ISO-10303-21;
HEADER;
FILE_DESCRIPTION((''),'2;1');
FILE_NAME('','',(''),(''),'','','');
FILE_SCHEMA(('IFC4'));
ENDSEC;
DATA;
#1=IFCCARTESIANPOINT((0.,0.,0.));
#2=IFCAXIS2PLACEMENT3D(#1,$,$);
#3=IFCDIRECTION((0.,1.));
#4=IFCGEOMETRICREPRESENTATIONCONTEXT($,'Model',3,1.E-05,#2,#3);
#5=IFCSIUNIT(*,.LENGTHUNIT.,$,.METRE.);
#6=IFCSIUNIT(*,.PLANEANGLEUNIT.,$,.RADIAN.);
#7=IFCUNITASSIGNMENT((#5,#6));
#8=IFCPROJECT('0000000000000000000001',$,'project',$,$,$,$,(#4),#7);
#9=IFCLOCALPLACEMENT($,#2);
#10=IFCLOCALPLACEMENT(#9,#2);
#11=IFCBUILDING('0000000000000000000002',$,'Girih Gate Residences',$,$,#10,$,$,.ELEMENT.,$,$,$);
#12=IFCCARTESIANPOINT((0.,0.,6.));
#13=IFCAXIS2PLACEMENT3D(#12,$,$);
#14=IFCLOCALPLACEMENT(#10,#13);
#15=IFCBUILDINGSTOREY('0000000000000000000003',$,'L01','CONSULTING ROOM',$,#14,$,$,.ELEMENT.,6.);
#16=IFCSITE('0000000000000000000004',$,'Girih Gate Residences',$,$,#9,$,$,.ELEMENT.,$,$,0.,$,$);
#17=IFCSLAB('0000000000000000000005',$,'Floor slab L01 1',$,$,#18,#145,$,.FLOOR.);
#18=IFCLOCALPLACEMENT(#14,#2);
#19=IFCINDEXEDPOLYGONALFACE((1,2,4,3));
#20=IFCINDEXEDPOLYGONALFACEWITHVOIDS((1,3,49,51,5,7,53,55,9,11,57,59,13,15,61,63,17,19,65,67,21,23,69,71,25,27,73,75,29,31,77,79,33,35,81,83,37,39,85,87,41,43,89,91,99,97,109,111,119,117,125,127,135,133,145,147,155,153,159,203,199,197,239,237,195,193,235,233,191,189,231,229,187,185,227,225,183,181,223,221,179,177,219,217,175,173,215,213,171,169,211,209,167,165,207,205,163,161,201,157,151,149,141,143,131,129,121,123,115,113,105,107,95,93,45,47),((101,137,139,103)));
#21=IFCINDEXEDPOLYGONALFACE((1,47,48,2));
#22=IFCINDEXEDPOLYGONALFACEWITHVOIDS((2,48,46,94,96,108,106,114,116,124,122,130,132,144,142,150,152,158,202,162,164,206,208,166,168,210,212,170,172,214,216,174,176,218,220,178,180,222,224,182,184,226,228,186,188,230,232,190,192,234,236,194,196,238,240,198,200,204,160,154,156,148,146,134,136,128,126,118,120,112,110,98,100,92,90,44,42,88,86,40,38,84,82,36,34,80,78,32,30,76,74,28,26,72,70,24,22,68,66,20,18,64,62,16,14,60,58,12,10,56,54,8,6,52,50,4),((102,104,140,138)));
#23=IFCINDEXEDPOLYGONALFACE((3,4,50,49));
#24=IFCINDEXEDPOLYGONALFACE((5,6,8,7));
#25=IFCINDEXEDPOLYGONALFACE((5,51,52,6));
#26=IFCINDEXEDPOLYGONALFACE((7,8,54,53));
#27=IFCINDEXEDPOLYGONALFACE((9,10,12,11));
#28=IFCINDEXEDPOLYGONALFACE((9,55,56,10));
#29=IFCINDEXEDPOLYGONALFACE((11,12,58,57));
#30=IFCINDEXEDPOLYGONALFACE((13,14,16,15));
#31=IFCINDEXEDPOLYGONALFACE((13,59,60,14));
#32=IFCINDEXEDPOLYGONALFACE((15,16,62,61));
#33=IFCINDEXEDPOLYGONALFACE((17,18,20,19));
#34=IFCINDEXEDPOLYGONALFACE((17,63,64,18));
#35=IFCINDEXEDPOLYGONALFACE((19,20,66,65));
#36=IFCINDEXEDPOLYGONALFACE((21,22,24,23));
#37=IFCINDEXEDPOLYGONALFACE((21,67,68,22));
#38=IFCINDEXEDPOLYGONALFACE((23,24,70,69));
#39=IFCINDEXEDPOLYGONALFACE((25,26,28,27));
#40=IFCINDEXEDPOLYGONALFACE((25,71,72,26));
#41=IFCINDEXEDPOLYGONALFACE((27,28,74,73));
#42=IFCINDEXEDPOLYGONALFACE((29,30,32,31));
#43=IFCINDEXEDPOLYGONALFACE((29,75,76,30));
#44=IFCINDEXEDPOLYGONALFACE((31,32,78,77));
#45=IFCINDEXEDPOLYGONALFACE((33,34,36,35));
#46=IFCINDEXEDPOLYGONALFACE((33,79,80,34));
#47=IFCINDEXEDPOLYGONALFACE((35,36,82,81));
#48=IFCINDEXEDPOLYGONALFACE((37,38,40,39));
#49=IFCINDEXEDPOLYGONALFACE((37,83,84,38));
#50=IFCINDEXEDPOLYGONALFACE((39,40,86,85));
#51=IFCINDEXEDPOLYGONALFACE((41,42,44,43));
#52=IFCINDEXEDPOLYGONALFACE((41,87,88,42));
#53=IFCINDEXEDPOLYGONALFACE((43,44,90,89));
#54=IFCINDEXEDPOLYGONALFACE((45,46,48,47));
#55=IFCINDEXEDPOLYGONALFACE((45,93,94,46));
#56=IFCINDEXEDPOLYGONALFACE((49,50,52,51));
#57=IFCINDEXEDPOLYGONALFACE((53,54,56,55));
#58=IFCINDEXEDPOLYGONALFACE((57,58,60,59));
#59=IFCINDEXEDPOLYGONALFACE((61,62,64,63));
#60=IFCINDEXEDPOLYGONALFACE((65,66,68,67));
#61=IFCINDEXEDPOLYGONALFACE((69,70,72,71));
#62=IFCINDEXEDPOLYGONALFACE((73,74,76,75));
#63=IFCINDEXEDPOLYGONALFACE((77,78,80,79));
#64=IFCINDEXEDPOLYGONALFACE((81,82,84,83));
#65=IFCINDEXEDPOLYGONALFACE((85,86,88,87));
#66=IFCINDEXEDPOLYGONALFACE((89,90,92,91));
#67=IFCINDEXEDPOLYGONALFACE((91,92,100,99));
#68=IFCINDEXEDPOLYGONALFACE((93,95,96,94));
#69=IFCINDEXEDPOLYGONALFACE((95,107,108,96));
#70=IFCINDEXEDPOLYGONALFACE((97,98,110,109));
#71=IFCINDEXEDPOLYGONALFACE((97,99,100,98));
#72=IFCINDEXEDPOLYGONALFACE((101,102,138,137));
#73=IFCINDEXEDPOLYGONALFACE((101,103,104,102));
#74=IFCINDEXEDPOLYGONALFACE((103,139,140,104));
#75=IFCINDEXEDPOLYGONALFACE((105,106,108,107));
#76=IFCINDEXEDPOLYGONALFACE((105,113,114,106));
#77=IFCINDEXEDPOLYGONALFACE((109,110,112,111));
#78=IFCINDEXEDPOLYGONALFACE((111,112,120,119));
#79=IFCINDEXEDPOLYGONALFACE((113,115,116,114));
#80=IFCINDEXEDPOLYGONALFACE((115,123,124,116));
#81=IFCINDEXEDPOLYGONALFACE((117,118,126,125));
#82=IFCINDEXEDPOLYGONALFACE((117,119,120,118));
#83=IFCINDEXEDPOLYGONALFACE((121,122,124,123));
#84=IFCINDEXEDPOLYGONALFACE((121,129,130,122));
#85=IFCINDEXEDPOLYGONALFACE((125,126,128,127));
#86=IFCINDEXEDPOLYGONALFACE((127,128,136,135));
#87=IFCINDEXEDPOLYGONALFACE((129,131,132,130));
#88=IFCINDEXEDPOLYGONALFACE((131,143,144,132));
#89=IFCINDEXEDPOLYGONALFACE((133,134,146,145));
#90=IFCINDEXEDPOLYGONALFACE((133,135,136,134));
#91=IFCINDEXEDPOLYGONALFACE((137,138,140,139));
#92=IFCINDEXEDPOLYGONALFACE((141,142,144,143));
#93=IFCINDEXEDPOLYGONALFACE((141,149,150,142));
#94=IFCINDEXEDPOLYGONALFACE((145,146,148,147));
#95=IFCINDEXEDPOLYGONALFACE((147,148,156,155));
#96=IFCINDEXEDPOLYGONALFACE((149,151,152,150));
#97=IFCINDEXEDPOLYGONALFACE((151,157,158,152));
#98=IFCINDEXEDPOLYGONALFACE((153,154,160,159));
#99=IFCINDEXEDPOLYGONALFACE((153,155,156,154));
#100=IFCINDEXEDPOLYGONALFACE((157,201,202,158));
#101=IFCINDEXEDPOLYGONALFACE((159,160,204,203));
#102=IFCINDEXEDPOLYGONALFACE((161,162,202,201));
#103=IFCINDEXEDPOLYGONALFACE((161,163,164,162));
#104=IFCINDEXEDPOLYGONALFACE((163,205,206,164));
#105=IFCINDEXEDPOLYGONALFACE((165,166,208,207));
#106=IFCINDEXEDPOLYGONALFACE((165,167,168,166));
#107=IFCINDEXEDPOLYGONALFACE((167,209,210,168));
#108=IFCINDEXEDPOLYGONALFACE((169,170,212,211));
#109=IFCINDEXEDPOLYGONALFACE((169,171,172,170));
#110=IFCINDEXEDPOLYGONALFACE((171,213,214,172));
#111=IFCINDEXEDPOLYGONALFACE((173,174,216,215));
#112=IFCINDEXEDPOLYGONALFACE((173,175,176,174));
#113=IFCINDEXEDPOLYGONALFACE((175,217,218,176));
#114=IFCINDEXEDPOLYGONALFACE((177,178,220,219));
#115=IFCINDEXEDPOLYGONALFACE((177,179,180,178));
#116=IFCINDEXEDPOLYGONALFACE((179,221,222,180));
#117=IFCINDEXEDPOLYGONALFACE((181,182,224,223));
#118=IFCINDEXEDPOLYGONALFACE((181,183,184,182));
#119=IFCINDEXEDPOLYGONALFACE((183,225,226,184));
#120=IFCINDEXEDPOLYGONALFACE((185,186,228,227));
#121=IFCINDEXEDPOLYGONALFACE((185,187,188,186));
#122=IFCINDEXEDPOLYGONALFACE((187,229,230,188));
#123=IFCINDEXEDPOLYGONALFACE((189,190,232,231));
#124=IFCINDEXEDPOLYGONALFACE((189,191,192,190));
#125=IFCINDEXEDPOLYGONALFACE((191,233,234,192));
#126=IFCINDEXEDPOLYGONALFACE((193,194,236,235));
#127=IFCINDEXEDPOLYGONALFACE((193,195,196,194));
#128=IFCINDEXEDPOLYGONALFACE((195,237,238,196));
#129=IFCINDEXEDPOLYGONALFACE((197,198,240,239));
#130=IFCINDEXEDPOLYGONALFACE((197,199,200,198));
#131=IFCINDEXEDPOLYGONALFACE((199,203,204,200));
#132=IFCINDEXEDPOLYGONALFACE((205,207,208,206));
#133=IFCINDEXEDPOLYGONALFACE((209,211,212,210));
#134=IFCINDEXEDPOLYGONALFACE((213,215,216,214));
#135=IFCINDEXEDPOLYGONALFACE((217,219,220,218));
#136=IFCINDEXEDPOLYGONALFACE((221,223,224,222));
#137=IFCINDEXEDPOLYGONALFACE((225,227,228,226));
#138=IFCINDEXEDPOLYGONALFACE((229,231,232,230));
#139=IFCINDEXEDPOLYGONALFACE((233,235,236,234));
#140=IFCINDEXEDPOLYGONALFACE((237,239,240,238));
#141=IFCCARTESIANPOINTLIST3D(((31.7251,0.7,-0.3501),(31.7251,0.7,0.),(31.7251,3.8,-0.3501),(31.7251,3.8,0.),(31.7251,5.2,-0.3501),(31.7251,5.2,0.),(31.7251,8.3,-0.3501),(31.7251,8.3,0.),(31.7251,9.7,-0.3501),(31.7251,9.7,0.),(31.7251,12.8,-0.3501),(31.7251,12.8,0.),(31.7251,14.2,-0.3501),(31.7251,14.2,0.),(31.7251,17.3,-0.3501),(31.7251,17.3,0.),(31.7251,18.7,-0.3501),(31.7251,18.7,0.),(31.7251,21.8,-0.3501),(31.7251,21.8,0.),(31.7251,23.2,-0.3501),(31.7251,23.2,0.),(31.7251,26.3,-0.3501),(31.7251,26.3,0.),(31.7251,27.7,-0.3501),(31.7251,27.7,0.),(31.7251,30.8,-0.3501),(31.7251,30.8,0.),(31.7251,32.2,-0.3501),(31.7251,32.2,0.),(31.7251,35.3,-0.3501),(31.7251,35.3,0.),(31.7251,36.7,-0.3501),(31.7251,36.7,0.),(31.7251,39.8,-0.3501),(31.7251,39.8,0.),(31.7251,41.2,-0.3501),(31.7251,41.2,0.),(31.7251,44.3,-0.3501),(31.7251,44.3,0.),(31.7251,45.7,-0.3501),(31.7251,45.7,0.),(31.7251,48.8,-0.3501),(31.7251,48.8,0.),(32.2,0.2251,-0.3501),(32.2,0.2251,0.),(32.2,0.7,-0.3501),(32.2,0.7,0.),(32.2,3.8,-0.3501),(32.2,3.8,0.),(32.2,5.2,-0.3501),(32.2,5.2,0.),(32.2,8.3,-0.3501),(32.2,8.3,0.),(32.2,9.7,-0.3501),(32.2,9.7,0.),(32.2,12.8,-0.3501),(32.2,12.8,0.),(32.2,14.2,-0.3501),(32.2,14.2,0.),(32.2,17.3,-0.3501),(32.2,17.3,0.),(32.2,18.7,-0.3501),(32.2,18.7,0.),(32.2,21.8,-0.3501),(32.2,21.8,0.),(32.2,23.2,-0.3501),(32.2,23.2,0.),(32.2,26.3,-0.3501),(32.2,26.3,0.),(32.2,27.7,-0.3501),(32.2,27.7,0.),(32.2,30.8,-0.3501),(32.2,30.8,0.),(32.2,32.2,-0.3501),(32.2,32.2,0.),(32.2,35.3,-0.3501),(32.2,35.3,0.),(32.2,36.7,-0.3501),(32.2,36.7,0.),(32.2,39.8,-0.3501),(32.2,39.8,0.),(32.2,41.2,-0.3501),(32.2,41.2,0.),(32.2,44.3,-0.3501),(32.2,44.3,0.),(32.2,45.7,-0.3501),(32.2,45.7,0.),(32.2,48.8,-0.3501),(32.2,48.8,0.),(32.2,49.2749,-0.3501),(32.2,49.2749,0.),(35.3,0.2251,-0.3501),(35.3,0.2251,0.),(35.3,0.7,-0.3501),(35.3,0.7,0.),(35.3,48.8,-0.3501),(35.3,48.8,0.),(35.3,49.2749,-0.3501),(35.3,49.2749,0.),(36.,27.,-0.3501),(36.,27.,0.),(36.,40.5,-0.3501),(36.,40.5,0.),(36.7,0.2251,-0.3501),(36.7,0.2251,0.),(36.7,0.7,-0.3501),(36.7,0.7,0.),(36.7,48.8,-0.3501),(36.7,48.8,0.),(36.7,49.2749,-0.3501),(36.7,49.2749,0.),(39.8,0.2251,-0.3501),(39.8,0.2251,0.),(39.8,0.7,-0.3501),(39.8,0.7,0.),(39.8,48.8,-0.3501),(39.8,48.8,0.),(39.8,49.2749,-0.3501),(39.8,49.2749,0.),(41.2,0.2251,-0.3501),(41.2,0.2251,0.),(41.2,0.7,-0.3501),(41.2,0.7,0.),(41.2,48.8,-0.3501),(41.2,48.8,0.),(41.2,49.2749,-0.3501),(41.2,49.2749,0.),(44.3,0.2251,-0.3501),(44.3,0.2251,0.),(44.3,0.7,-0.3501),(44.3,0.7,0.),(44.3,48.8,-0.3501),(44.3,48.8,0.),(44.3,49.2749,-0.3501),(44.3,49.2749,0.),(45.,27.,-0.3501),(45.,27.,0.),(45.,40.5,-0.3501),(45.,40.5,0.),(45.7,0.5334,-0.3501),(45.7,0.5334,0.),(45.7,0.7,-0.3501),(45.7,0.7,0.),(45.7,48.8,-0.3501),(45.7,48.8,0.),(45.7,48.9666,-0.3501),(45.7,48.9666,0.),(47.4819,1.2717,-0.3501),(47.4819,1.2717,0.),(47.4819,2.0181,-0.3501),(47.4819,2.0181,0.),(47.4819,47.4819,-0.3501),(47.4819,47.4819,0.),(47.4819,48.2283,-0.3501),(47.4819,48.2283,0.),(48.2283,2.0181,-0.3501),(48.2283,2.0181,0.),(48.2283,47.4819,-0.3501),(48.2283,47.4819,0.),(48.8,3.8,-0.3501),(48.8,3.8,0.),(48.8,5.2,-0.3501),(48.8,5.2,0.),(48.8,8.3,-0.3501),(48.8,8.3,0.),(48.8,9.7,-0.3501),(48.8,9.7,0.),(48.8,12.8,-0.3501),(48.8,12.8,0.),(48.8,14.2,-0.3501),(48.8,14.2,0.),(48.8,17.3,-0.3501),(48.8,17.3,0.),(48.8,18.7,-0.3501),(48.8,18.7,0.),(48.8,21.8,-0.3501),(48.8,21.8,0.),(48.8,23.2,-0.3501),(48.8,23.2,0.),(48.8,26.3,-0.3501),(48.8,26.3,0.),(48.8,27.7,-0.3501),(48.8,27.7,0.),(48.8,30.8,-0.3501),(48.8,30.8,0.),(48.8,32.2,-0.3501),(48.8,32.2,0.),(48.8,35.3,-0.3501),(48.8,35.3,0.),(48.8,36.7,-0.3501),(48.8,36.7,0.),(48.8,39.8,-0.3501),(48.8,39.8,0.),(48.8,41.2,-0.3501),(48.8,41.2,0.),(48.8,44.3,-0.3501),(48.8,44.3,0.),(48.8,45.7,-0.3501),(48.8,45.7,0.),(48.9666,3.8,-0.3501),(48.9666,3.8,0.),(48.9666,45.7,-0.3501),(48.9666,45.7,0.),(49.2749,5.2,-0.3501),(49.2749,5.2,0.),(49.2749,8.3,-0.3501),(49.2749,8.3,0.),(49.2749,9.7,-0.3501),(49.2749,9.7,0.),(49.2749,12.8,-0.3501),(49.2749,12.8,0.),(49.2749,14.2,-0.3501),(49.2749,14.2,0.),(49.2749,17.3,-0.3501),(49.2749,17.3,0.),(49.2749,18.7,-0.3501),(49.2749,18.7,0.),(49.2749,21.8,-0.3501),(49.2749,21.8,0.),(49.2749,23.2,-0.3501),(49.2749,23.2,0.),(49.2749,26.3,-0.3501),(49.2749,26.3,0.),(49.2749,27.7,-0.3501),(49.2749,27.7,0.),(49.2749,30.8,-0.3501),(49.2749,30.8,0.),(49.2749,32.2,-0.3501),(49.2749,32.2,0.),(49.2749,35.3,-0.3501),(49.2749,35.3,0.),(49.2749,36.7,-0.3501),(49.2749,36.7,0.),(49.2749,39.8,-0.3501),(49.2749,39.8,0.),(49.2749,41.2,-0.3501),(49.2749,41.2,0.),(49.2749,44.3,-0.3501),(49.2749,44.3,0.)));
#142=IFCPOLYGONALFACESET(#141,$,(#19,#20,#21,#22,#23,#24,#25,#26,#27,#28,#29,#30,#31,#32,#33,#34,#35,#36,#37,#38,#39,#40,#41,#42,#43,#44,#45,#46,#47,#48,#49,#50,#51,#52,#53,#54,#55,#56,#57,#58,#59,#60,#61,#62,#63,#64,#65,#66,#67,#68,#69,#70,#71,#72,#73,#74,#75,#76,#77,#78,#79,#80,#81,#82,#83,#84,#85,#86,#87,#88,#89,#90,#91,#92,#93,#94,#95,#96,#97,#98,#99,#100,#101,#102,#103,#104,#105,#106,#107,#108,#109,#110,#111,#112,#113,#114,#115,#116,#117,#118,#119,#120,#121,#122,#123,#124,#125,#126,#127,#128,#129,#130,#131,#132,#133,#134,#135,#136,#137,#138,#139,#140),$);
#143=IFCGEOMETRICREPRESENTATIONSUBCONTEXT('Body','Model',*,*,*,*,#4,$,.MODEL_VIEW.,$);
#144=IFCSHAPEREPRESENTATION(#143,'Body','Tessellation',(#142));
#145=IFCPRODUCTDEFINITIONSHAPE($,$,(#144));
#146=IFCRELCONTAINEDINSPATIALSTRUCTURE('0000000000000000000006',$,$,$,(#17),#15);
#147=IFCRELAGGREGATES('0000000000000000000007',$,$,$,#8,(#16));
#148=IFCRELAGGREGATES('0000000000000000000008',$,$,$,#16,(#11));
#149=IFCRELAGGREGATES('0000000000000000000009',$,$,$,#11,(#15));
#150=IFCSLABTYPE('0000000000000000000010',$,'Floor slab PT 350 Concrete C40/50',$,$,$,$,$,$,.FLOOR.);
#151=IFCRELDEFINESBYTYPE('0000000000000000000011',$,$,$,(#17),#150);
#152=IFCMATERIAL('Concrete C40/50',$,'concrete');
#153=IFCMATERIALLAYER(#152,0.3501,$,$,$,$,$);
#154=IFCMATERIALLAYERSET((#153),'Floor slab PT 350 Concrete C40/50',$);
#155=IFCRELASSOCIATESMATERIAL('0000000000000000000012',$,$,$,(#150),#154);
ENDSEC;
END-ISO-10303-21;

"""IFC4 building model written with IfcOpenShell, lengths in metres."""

from ifc_helpers import new_model, si_unit, direction, frame, origin, place, context, subcontext, project, spatial, polyline, outline, extrude, material, layer, layer_set, type_object, element, save


model = new_model("IFC4")

# Units and contexts
model_context = context("Model", 3, precision=1e-05, world=origin(), true_north=direction((0.0, 1.0)))
body_context = subcontext(model_context, "Body", "Model", "MODEL_VIEW")
ifc_project = project(units=[si_unit("LENGTHUNIT", "METRE"), si_unit("PLANEANGLEUNIT", "RADIAN")], contexts=[model_context])

# Site, building, storey
site_placement = place(None, origin())
site = spatial("IfcSite", under=ifc_project, at=site_placement, Name="Girih Gate Residences", CompositionType="ELEMENT", RefElevation=0.0)
building_placement = place(site_placement, origin())
building = spatial("IfcBuilding", under=site, at=building_placement, Name="Girih Gate Residences", CompositionType="ELEMENT")
storey_placement = place(building_placement, frame((0.0, 0.0, 6.0)))
storey = spatial("IfcBuildingStorey", under=building, at=storey_placement, Name="L01", Description="CONSULTING ROOM", CompositionType="ELEMENT", Elevation=6.0)

# Slab
ifc_material_1 = material(Name="Concrete C40/50", Category="concrete")
ifc_layer_1 = layer(ifc_material_1, 0.3501)
ifc_layer_set_1 = layer_set([ifc_layer_1], Name="Floor slab PT 350 Concrete C40/50")
slab_type_1 = type_object("IfcSlabType", Name="Floor slab PT 350 Concrete C40/50", PredefinedType="FLOOR", material=ifc_layer_set_1)
slab_1_placement = place(storey_placement, frame((0.0, 0.0, -0.3501)))
element("IfcSlab", 1, at=slab_1_placement, inside=storey, type_object=slab_type_1, Name="Floor slab L01 1", PredefinedType="FLOOR", context=body_context, shape_type="SweptSolid", body=[
    extrude(outline(polyline([(35.3, 49.2749), (32.2, 49.2749), (32.2, 48.8), (31.7251, 48.8), (31.7251, 45.7), (32.2, 45.7), (32.2, 44.3), (31.7251, 44.3), (31.7251, 41.2), (32.2, 41.2), (32.2, 39.8), (31.7251, 39.8), (31.7251, 36.7), (32.2, 36.7), (32.2, 35.3), (31.7251, 35.3), (31.7251, 32.2), (32.2, 32.2), (32.2, 30.8), (31.7251, 30.8), (31.7251, 27.7), (32.2, 27.7), (32.2, 26.3), (31.7251, 26.3), (31.7251, 23.2), (32.2, 23.2), (32.2, 21.8), (31.7251, 21.8), (31.7251, 18.7), (32.2, 18.7), (32.2, 17.3), (31.7251, 17.3), (31.7251, 14.2), (32.2, 14.2), (32.2, 12.8), (31.7251, 12.8), (31.7251, 9.7), (32.2, 9.7), (32.2, 8.3), (31.7251, 8.3), (31.7251, 5.2), (32.2, 5.2), (32.2, 3.8), (31.7251, 3.8), (31.7251, 0.7), (32.2, 0.7), (32.2, 0.2251), (35.3, 0.2251), (35.3, 0.7), (36.7, 0.7), (36.7, 0.2251), (39.8, 0.2251), (39.8, 0.7), (41.2, 0.7), (41.2, 0.2251), (44.3, 0.2251), (44.3, 0.7), (45.7, 0.7), (45.7, 0.5334), (47.4819, 1.2717), (47.4819, 2.0181), (48.2283, 2.0181), (48.9666, 3.8), (48.8, 3.8), (48.8, 5.2), (49.2749, 5.2), (49.2749, 8.3), (48.8, 8.3), (48.8, 9.7), (49.2749, 9.7), (49.2749, 12.8), (48.8, 12.8), (48.8, 14.2), (49.2749, 14.2), (49.2749, 17.3), (48.8, 17.3), (48.8, 18.7), (49.2749, 18.7), (49.2749, 21.8), (48.8, 21.8), (48.8, 23.2), (49.2749, 23.2), (49.2749, 26.3), (48.8, 26.3), (48.8, 27.7), (49.2749, 27.7), (49.2749, 30.8), (48.8, 30.8), (48.8, 32.2), (49.2749, 32.2), (49.2749, 35.3), (48.8, 35.3), (48.8, 36.7), (49.2749, 36.7), (49.2749, 39.8), (48.8, 39.8), (48.8, 41.2), (49.2749, 41.2), (49.2749, 44.3), (48.8, 44.3), (48.8, 45.7), (48.9666, 45.7), (48.2283, 47.4819), (47.4819, 47.4819), (47.4819, 48.2283), (45.7, 48.9666), (45.7, 48.8), (44.3, 48.8), (44.3, 49.2749), (41.2, 49.2749), (41.2, 48.8), (39.8, 48.8), (39.8, 49.2749), (36.7, 49.2749), (36.7, 48.8), (35.3, 48.8), (35.3, 49.2749)]), holes=[polyline([(45.0, 40.5), (45.0, 27.0), (36.0, 27.0), (36.0, 40.5), (45.0, 40.5)])]), origin(), (0.0, 0.0, 1.0), 0.3501),
])

save(model, "model.ifc")
